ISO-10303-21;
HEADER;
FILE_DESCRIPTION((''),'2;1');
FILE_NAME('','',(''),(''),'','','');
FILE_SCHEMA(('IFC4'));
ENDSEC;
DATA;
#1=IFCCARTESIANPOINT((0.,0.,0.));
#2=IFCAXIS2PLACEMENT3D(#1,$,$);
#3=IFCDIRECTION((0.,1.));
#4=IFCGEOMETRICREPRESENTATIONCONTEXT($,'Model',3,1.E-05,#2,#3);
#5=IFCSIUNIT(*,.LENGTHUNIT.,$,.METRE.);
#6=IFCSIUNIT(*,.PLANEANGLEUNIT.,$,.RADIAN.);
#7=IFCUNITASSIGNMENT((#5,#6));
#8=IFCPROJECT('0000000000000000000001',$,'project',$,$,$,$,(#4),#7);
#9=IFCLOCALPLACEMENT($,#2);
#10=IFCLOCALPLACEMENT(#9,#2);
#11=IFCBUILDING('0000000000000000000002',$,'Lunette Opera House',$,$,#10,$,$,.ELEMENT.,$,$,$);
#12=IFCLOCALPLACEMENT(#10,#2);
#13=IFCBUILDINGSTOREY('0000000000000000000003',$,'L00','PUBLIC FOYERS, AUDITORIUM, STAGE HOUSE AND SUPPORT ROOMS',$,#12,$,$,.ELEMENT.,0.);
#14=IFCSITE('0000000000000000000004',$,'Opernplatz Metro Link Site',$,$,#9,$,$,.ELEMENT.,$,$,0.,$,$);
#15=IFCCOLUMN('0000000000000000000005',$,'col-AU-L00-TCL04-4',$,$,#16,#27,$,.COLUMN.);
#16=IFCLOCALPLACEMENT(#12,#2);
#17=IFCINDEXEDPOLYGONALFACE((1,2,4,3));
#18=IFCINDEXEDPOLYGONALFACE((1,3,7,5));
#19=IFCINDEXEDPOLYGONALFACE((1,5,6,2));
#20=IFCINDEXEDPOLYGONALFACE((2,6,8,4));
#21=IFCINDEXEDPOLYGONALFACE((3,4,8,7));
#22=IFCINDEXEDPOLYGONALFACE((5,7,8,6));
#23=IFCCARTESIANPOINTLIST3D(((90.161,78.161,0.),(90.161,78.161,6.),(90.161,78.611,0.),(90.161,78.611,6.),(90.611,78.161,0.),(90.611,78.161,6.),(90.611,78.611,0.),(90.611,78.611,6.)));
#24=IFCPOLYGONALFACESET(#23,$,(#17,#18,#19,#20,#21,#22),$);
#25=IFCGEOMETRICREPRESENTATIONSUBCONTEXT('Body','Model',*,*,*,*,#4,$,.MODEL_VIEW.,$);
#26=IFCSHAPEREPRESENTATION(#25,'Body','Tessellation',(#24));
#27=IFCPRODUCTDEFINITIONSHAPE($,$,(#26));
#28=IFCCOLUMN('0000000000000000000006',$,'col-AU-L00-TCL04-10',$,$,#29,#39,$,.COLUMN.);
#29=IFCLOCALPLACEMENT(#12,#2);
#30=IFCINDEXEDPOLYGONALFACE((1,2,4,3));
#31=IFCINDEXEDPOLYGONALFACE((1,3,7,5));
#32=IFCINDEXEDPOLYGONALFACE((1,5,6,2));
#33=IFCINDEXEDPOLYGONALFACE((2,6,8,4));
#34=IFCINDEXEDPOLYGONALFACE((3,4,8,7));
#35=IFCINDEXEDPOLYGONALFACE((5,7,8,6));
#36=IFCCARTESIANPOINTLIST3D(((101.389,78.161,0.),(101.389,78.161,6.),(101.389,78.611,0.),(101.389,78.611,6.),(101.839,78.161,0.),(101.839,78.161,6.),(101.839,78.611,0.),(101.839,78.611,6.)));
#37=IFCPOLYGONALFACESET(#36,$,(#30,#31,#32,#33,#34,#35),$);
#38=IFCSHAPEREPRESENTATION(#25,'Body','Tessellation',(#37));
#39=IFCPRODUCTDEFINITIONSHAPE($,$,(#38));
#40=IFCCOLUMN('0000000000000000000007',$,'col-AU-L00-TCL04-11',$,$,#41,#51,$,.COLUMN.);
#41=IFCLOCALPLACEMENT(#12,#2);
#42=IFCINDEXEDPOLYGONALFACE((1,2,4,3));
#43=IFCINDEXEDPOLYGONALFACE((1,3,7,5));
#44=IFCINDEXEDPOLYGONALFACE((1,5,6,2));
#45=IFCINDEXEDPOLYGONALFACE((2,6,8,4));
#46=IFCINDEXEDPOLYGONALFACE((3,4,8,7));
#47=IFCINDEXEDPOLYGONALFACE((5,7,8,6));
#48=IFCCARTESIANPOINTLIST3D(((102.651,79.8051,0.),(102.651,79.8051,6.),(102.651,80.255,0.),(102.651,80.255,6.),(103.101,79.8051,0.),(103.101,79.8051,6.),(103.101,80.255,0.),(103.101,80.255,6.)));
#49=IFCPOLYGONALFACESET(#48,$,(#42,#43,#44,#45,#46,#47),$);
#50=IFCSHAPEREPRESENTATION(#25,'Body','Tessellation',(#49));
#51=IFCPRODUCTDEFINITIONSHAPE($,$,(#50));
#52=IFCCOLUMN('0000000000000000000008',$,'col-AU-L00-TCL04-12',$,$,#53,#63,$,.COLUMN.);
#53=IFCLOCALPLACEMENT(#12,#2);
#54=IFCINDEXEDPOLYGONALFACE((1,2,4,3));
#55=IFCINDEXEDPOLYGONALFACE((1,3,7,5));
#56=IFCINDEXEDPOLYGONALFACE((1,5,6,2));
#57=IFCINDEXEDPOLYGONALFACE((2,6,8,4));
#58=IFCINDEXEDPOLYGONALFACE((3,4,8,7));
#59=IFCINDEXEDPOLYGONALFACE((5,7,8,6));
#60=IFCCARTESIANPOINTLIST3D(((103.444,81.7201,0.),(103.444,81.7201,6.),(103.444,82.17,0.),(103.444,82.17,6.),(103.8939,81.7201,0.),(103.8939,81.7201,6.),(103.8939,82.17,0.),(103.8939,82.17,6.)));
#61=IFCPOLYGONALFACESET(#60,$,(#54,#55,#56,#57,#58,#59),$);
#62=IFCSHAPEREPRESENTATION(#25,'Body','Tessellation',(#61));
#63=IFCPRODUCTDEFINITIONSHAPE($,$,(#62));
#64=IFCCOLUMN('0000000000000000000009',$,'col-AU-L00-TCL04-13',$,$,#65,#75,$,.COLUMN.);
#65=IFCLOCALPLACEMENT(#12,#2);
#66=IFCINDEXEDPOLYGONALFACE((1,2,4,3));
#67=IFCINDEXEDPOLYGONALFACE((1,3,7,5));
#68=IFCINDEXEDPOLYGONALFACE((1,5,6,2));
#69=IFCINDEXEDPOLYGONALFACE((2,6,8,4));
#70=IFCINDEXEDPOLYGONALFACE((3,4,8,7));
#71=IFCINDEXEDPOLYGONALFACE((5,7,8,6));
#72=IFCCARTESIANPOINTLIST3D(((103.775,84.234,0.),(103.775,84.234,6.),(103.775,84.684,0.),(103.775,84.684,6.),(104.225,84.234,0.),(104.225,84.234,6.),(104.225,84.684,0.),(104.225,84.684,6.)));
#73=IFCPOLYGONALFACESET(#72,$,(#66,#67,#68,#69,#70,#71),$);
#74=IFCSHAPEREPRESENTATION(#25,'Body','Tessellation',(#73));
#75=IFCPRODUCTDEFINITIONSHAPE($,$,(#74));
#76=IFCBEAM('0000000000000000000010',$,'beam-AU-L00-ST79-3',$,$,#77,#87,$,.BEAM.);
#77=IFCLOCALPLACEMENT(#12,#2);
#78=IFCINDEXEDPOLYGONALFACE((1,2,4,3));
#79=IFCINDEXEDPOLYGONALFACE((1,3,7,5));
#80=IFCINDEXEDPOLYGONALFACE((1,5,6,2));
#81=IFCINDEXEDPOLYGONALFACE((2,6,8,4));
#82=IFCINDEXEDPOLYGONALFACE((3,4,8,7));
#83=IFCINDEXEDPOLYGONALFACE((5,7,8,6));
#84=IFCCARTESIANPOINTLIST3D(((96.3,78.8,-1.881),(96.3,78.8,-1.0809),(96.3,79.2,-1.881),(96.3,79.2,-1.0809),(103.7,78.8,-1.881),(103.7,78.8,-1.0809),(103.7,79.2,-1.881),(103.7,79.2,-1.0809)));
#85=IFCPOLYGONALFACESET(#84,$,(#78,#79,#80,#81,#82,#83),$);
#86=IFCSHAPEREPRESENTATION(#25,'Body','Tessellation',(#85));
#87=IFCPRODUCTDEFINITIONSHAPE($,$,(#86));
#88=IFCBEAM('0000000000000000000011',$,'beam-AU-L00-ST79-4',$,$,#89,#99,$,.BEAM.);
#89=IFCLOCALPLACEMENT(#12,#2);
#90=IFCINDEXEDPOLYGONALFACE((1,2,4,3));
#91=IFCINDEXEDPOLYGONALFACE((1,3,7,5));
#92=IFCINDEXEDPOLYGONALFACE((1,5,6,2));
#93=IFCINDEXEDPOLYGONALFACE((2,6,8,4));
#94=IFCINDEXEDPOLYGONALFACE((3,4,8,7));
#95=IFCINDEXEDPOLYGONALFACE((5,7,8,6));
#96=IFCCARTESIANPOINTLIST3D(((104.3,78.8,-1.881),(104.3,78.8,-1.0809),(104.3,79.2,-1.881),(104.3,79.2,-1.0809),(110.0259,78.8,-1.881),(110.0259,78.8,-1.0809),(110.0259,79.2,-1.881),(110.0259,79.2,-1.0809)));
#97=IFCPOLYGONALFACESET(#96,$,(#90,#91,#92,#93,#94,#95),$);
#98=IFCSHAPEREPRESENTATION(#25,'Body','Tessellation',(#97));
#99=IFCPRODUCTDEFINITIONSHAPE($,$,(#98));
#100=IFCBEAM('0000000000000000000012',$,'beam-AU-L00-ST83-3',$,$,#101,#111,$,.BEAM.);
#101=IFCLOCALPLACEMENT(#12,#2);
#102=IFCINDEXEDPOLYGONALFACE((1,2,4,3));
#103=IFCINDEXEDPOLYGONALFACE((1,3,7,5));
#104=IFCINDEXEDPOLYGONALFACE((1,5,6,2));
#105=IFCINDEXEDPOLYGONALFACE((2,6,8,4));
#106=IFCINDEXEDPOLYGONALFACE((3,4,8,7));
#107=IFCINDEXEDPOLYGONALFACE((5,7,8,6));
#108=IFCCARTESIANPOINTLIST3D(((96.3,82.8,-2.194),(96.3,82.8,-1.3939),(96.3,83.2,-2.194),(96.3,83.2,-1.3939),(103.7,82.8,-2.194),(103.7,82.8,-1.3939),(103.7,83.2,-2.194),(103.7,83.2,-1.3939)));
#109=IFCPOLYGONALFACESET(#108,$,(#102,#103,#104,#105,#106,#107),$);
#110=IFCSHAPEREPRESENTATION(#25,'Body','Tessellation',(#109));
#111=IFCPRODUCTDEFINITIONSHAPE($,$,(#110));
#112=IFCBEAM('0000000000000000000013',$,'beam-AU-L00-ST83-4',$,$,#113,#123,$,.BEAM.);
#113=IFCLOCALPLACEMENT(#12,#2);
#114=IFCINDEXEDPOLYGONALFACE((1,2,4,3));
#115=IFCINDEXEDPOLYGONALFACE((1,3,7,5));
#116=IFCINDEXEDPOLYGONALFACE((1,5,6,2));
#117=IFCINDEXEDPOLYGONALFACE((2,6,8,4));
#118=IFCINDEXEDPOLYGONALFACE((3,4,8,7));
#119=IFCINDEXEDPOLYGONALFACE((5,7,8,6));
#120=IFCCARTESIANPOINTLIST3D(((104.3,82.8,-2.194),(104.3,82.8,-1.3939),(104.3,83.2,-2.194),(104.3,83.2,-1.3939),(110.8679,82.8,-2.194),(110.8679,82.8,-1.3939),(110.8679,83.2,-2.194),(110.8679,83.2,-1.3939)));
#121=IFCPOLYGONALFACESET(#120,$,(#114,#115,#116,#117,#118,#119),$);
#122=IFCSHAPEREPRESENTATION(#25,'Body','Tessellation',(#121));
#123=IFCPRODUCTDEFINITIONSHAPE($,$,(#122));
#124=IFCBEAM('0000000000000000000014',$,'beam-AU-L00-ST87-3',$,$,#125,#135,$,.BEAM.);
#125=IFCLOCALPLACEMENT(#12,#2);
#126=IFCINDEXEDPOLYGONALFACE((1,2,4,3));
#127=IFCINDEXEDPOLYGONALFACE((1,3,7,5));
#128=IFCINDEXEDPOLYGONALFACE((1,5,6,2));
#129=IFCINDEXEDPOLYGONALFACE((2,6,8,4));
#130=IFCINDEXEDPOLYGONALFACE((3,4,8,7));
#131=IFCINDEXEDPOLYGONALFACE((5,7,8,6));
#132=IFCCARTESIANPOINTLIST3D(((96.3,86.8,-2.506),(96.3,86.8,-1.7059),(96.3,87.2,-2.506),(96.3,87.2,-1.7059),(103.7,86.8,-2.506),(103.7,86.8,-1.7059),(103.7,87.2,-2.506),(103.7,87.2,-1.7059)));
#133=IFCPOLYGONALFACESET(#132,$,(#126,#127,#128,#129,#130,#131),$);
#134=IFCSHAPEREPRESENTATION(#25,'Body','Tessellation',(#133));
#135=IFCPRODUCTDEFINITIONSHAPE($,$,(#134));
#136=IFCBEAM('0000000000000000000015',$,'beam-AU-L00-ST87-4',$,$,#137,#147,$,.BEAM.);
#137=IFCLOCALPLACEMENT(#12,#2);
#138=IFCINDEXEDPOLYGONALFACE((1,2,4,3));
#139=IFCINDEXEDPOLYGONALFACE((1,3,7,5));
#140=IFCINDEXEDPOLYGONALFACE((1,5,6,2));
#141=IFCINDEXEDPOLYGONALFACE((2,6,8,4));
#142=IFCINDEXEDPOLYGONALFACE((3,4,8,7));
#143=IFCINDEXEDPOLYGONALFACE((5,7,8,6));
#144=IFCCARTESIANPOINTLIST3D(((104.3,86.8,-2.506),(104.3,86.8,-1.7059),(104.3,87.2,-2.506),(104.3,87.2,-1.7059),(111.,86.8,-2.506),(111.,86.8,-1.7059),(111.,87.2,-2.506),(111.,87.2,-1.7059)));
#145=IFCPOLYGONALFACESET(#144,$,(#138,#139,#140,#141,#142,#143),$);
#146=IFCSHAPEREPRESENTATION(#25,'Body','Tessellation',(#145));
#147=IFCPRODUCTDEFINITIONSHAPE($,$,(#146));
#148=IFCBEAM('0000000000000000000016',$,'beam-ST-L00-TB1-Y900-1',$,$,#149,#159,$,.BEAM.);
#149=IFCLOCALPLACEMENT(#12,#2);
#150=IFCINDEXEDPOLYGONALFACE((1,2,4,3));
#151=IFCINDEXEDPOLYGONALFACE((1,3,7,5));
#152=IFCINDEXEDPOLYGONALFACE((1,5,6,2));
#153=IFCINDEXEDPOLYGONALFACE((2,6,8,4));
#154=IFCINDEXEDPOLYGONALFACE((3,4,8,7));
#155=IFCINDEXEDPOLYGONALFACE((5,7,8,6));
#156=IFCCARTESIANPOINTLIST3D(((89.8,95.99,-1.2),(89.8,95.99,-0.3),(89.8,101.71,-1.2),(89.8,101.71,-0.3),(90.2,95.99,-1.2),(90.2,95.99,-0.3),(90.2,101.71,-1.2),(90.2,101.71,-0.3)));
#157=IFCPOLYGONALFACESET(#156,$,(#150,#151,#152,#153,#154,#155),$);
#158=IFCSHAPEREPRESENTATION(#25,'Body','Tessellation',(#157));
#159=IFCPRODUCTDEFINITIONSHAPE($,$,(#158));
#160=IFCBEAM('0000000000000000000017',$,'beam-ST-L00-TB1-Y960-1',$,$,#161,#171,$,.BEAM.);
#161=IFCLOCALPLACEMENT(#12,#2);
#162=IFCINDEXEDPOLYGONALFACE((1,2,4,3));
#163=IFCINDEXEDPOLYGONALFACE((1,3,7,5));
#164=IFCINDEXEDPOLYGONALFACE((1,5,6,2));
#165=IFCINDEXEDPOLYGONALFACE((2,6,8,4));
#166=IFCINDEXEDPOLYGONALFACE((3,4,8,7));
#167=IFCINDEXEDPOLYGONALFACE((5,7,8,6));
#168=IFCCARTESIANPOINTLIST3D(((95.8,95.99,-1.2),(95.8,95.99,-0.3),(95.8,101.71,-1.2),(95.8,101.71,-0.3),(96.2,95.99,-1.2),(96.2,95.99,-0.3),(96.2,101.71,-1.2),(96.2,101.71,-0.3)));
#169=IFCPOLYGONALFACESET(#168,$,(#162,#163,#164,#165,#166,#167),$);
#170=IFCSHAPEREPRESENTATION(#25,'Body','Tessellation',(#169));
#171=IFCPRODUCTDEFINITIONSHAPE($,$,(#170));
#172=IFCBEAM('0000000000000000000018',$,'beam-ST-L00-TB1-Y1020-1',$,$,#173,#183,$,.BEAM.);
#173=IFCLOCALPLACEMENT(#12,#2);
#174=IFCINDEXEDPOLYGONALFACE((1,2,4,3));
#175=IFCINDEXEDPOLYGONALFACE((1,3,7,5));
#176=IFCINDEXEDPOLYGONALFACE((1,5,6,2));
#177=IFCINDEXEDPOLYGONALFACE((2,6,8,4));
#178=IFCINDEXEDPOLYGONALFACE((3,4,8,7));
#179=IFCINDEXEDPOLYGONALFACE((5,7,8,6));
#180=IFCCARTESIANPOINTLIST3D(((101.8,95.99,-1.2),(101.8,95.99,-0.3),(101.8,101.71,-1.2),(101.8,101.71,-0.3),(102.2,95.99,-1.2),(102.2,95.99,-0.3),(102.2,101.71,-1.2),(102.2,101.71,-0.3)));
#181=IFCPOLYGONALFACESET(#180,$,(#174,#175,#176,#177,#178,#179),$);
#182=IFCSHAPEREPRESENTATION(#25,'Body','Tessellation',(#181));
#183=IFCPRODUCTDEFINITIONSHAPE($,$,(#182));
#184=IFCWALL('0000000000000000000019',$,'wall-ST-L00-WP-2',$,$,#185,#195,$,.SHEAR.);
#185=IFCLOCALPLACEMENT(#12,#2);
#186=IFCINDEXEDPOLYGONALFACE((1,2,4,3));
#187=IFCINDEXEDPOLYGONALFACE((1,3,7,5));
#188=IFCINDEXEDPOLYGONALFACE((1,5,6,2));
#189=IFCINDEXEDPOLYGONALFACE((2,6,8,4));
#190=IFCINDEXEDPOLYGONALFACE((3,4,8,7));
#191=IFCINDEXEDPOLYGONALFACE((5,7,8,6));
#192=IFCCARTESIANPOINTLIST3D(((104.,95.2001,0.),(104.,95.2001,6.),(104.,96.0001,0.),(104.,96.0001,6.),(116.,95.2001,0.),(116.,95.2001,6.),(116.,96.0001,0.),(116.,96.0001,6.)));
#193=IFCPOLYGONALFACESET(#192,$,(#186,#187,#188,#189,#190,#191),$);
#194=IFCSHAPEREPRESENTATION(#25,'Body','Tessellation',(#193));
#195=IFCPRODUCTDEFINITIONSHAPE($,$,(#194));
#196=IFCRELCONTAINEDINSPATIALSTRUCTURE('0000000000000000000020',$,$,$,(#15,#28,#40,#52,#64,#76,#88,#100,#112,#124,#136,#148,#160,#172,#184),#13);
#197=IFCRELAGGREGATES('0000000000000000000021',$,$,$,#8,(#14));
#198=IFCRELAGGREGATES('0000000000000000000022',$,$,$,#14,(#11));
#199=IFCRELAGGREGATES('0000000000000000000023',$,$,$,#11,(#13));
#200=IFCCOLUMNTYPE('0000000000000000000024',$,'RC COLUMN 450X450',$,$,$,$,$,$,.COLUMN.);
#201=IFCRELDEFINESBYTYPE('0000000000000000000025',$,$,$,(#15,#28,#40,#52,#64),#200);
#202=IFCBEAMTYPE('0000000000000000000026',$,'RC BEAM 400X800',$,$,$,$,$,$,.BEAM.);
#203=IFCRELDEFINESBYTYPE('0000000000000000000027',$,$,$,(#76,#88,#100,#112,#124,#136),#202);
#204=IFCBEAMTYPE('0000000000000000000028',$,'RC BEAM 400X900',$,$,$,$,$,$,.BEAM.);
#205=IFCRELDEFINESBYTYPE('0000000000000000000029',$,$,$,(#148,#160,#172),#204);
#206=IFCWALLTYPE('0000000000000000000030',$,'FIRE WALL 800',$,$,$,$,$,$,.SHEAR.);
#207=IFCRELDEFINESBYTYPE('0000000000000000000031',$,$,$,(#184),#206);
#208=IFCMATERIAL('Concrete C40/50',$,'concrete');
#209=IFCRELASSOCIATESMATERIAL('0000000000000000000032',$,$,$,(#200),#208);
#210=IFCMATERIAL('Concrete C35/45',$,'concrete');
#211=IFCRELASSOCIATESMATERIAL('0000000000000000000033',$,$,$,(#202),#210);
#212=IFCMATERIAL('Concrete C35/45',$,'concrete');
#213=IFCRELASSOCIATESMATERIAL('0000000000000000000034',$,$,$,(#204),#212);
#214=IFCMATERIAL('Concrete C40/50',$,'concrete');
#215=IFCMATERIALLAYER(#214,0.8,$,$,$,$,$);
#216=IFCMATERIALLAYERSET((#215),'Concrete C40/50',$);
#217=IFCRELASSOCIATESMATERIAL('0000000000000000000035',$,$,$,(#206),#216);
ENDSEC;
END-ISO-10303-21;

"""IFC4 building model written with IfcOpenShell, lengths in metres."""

from ifc_helpers import new_model, si_unit, direction, frame, frame_2d, origin, origin_2d, place, context, subcontext, project, spatial, rectangle, extrude, material, layer, layer_set, material_profile, profile_set, type_object, element, save


model = new_model("IFC4")

# Units and contexts
model_context = context("Model", 3, precision=1e-05, world=origin(), true_north=direction((0.0, 1.0)))
body_context = subcontext(model_context, "Body", "Model", "MODEL_VIEW")
ifc_project = project(units=[si_unit("LENGTHUNIT", "METRE"), si_unit("PLANEANGLEUNIT", "RADIAN")], contexts=[model_context])

# Site, building, storey
site_placement = place(None, origin())
site = spatial("IfcSite", under=ifc_project, at=site_placement, Name="Opernplatz Metro Link Site", CompositionType="ELEMENT", RefElevation=0.0)
building_placement = place(site_placement, origin())
building = spatial("IfcBuilding", under=site, at=building_placement, Name="Lunette Opera House", CompositionType="ELEMENT")
storey_placement = place(building_placement, origin())
storey = spatial("IfcBuildingStorey", under=building, at=storey_placement, Name="L00", Description="PUBLIC FOYERS, AUDITORIUM, STAGE HOUSE AND SUPPORT ROOMS", CompositionType="ELEMENT", Elevation=0.0)

# Columns
ifc_material_1 = material(Name="Concrete C40/50", Category="concrete")
ifc_material_profile_1 = material_profile(ifc_material_1, rectangle(XDim=0.45, YDim=0.45, at=origin_2d()), Name="RC COLUMN 450X450")
ifc_profile_set_1 = profile_set([ifc_material_profile_1], Name="Concrete C40/50")
column_type = type_object("IfcColumnType", Name="RC COLUMN 450X450", PredefinedType="COLUMN", material=ifc_profile_set_1)
for number, where, z_axis, x_axis, name in (
    (1, (90.386, 78.386, 0.0), (0.0, 0.0, 1.0), (1.0, 0.0, 0.0), "col-AU-L00-TCL04-4"),
    (2, (101.614, 78.386, 0.0), (0.0, 0.0, 1.0), (1.0, 0.0, 0.0), "col-AU-L00-TCL04-10"),
    (3, (102.876, 80.03, 0.0), (0.0, 0.0, 1.0), (1.0, 0.0, 0.0), "col-AU-L00-TCL04-11"),
    (4, (103.6689, 81.9451, 0.0), (0.0, 0.0, 1.0), (1.0, 0.0, 0.0), "col-AU-L00-TCL04-12"),
    (5, (104.0, 84.459, 0.0), (0.0, 0.0, 1.0), (1.0, 0.0, 0.0), "col-AU-L00-TCL04-13"),
):
    element("IfcColumn", number, at=place(storey_placement, frame(where, z_axis=z_axis, x_axis=x_axis)), inside=storey, type_object=column_type, Name=name, PredefinedType="COLUMN", context=body_context, shape_type="SweptSolid", body=[
        extrude(rectangle(XDim=0.45, YDim=0.45, at=origin_2d()), origin(), (0.0, 0.0, 1.0), 6.0),
    ])

# Beams
ifc_material_2 = material(Name="Concrete C35/45", Category="concrete")
ifc_material_profile_2 = material_profile(ifc_material_2, rectangle(XDim=0.3999, YDim=0.8, at=origin_2d()), Name="RC BEAM 400X800")
ifc_profile_set_2 = profile_set([ifc_material_profile_2], Name="Concrete C35/45")
beam_type_1 = type_object("IfcBeamType", Name="RC BEAM 400X800", PredefinedType="BEAM", material=ifc_profile_set_2)
beam_1_placement = place(storey_placement, frame((96.3, 79.0, -1.481), z_axis=(1.0, 0.0, 0.0), x_axis=(0.0, 1.0, 0.0)))
element("IfcBeam", 6, at=beam_1_placement, inside=storey, type_object=beam_type_1, Name="beam-AU-L00-ST79-3", PredefinedType="BEAM", context=body_context, shape_type="SweptSolid", body=[
    extrude(rectangle(XDim=0.3999, YDim=0.8, at=origin_2d()), origin(), (0.0, 0.0, 1.0), 7.3999),
])
beam_2_placement = place(storey_placement, frame((104.3, 79.0, -1.481), z_axis=(1.0, 0.0, 0.0), x_axis=(0.0, 1.0, 0.0)))
element("IfcBeam", 7, at=beam_2_placement, inside=storey, type_object=beam_type_1, Name="beam-AU-L00-ST79-4", PredefinedType="BEAM", context=body_context, shape_type="SweptSolid", body=[
    extrude(rectangle(XDim=0.3999, YDim=0.8, at=origin_2d()), origin(), (0.0, 0.0, 1.0), 5.7258),
])
beam_3_placement = place(storey_placement, frame((96.3, 83.0, -1.7939), z_axis=(1.0, 0.0, 0.0), x_axis=(0.0, 1.0, 0.0)))
element("IfcBeam", 8, at=beam_3_placement, inside=storey, type_object=beam_type_1, Name="beam-AU-L00-ST83-3", PredefinedType="BEAM", context=body_context, shape_type="SweptSolid", body=[
    extrude(rectangle(XDim=0.3999, YDim=0.8, at=origin_2d()), origin(), (0.0, 0.0, 1.0), 7.3999),
])
beam_4_placement = place(storey_placement, frame((104.3, 83.0, -1.7939), z_axis=(1.0, 0.0, 0.0), x_axis=(0.0, 1.0, 0.0)))
element("IfcBeam", 9, at=beam_4_placement, inside=storey, type_object=beam_type_1, Name="beam-AU-L00-ST83-4", PredefinedType="BEAM", context=body_context, shape_type="SweptSolid", body=[
    extrude(rectangle(XDim=0.3999, YDim=0.8, at=origin_2d()), origin(), (0.0, 0.0, 1.0), 6.5679),
])
beam_5_placement = place(storey_placement, frame((96.3, 87.0, -2.106), z_axis=(1.0, 0.0, 0.0), x_axis=(0.0, 1.0, 0.0)))
element("IfcBeam", 10, at=beam_5_placement, inside=storey, type_object=beam_type_1, Name="beam-AU-L00-ST87-3", PredefinedType="BEAM", context=body_context, shape_type="SweptSolid", body=[
    extrude(rectangle(XDim=0.3999, YDim=0.8, at=origin_2d()), origin(), (0.0, 0.0, 1.0), 7.3999),
])
beam_6_placement = place(storey_placement, frame((104.3, 87.0, -2.106), z_axis=(1.0, 0.0, 0.0), x_axis=(0.0, 1.0, 0.0)))
element("IfcBeam", 11, at=beam_6_placement, inside=storey, type_object=beam_type_1, Name="beam-AU-L00-ST87-4", PredefinedType="BEAM", context=body_context, shape_type="SweptSolid", body=[
    extrude(rectangle(XDim=0.3999, YDim=0.8, at=origin_2d()), origin(), (0.0, 0.0, 1.0), 6.7),
])
ifc_material_3 = material(Name="Concrete C35/45", Category="concrete")
ifc_material_profile_3 = material_profile(ifc_material_3, rectangle(XDim=0.3999, YDim=0.8999, at=origin_2d()), Name="RC BEAM 400X900")
ifc_profile_set_3 = profile_set([ifc_material_profile_3], Name="Concrete C35/45")
beam_type_2 = type_object("IfcBeamType", Name="RC BEAM 400X900", PredefinedType="BEAM", material=ifc_profile_set_3)
for number, where, z_axis, x_axis, name in (
    (12, (90.0, 95.99, -0.75), (0.0, 1.0, 0.0), (-1.0, 0.0, 0.0), "beam-ST-L00-TB1-Y900-1"),
    (13, (96.0, 95.99, -0.75), (0.0, 1.0, 0.0), (-1.0, 0.0, 0.0), "beam-ST-L00-TB1-Y960-1"),
    (14, (102.0, 95.99, -0.75), (0.0, 1.0, 0.0), (-1.0, 0.0, 0.0), "beam-ST-L00-TB1-Y1020-1"),
):
    element("IfcBeam", number, at=place(storey_placement, frame(where, z_axis=z_axis, x_axis=x_axis)), inside=storey, type_object=beam_type_2, Name=name, PredefinedType="BEAM", context=body_context, shape_type="SweptSolid", body=[
        extrude(rectangle(XDim=0.3999, YDim=0.8999, at=origin_2d()), origin(), (0.0, 0.0, 1.0), 5.72),
    ])

# Wall
ifc_material_4 = material(Name="Concrete C40/50", Category="concrete")
ifc_layer = layer(ifc_material_4, 0.8)
ifc_layer_set = layer_set([ifc_layer], Name="Concrete C40/50")
wall_type = type_object("IfcWallType", Name="FIRE WALL 800", PredefinedType="SHEAR", material=ifc_layer_set)
wall_placement = place(storey_placement, frame((104.0, 95.6001, 0.0), z_axis=(0.0, 0.0, 1.0), x_axis=(1.0, 0.0, 0.0)))
element("IfcWall", 15, at=wall_placement, inside=storey, type_object=wall_type, Name="wall-ST-L00-WP-2", PredefinedType="SHEAR", context=body_context, shape_type="SweptSolid", body=[
    extrude(rectangle(XDim=12.0, YDim=0.8, at=frame_2d((6.0, 0.0))), origin(), (0.0, 0.0, 1.0), 6.0),
])

save(model, "model.ifc")
